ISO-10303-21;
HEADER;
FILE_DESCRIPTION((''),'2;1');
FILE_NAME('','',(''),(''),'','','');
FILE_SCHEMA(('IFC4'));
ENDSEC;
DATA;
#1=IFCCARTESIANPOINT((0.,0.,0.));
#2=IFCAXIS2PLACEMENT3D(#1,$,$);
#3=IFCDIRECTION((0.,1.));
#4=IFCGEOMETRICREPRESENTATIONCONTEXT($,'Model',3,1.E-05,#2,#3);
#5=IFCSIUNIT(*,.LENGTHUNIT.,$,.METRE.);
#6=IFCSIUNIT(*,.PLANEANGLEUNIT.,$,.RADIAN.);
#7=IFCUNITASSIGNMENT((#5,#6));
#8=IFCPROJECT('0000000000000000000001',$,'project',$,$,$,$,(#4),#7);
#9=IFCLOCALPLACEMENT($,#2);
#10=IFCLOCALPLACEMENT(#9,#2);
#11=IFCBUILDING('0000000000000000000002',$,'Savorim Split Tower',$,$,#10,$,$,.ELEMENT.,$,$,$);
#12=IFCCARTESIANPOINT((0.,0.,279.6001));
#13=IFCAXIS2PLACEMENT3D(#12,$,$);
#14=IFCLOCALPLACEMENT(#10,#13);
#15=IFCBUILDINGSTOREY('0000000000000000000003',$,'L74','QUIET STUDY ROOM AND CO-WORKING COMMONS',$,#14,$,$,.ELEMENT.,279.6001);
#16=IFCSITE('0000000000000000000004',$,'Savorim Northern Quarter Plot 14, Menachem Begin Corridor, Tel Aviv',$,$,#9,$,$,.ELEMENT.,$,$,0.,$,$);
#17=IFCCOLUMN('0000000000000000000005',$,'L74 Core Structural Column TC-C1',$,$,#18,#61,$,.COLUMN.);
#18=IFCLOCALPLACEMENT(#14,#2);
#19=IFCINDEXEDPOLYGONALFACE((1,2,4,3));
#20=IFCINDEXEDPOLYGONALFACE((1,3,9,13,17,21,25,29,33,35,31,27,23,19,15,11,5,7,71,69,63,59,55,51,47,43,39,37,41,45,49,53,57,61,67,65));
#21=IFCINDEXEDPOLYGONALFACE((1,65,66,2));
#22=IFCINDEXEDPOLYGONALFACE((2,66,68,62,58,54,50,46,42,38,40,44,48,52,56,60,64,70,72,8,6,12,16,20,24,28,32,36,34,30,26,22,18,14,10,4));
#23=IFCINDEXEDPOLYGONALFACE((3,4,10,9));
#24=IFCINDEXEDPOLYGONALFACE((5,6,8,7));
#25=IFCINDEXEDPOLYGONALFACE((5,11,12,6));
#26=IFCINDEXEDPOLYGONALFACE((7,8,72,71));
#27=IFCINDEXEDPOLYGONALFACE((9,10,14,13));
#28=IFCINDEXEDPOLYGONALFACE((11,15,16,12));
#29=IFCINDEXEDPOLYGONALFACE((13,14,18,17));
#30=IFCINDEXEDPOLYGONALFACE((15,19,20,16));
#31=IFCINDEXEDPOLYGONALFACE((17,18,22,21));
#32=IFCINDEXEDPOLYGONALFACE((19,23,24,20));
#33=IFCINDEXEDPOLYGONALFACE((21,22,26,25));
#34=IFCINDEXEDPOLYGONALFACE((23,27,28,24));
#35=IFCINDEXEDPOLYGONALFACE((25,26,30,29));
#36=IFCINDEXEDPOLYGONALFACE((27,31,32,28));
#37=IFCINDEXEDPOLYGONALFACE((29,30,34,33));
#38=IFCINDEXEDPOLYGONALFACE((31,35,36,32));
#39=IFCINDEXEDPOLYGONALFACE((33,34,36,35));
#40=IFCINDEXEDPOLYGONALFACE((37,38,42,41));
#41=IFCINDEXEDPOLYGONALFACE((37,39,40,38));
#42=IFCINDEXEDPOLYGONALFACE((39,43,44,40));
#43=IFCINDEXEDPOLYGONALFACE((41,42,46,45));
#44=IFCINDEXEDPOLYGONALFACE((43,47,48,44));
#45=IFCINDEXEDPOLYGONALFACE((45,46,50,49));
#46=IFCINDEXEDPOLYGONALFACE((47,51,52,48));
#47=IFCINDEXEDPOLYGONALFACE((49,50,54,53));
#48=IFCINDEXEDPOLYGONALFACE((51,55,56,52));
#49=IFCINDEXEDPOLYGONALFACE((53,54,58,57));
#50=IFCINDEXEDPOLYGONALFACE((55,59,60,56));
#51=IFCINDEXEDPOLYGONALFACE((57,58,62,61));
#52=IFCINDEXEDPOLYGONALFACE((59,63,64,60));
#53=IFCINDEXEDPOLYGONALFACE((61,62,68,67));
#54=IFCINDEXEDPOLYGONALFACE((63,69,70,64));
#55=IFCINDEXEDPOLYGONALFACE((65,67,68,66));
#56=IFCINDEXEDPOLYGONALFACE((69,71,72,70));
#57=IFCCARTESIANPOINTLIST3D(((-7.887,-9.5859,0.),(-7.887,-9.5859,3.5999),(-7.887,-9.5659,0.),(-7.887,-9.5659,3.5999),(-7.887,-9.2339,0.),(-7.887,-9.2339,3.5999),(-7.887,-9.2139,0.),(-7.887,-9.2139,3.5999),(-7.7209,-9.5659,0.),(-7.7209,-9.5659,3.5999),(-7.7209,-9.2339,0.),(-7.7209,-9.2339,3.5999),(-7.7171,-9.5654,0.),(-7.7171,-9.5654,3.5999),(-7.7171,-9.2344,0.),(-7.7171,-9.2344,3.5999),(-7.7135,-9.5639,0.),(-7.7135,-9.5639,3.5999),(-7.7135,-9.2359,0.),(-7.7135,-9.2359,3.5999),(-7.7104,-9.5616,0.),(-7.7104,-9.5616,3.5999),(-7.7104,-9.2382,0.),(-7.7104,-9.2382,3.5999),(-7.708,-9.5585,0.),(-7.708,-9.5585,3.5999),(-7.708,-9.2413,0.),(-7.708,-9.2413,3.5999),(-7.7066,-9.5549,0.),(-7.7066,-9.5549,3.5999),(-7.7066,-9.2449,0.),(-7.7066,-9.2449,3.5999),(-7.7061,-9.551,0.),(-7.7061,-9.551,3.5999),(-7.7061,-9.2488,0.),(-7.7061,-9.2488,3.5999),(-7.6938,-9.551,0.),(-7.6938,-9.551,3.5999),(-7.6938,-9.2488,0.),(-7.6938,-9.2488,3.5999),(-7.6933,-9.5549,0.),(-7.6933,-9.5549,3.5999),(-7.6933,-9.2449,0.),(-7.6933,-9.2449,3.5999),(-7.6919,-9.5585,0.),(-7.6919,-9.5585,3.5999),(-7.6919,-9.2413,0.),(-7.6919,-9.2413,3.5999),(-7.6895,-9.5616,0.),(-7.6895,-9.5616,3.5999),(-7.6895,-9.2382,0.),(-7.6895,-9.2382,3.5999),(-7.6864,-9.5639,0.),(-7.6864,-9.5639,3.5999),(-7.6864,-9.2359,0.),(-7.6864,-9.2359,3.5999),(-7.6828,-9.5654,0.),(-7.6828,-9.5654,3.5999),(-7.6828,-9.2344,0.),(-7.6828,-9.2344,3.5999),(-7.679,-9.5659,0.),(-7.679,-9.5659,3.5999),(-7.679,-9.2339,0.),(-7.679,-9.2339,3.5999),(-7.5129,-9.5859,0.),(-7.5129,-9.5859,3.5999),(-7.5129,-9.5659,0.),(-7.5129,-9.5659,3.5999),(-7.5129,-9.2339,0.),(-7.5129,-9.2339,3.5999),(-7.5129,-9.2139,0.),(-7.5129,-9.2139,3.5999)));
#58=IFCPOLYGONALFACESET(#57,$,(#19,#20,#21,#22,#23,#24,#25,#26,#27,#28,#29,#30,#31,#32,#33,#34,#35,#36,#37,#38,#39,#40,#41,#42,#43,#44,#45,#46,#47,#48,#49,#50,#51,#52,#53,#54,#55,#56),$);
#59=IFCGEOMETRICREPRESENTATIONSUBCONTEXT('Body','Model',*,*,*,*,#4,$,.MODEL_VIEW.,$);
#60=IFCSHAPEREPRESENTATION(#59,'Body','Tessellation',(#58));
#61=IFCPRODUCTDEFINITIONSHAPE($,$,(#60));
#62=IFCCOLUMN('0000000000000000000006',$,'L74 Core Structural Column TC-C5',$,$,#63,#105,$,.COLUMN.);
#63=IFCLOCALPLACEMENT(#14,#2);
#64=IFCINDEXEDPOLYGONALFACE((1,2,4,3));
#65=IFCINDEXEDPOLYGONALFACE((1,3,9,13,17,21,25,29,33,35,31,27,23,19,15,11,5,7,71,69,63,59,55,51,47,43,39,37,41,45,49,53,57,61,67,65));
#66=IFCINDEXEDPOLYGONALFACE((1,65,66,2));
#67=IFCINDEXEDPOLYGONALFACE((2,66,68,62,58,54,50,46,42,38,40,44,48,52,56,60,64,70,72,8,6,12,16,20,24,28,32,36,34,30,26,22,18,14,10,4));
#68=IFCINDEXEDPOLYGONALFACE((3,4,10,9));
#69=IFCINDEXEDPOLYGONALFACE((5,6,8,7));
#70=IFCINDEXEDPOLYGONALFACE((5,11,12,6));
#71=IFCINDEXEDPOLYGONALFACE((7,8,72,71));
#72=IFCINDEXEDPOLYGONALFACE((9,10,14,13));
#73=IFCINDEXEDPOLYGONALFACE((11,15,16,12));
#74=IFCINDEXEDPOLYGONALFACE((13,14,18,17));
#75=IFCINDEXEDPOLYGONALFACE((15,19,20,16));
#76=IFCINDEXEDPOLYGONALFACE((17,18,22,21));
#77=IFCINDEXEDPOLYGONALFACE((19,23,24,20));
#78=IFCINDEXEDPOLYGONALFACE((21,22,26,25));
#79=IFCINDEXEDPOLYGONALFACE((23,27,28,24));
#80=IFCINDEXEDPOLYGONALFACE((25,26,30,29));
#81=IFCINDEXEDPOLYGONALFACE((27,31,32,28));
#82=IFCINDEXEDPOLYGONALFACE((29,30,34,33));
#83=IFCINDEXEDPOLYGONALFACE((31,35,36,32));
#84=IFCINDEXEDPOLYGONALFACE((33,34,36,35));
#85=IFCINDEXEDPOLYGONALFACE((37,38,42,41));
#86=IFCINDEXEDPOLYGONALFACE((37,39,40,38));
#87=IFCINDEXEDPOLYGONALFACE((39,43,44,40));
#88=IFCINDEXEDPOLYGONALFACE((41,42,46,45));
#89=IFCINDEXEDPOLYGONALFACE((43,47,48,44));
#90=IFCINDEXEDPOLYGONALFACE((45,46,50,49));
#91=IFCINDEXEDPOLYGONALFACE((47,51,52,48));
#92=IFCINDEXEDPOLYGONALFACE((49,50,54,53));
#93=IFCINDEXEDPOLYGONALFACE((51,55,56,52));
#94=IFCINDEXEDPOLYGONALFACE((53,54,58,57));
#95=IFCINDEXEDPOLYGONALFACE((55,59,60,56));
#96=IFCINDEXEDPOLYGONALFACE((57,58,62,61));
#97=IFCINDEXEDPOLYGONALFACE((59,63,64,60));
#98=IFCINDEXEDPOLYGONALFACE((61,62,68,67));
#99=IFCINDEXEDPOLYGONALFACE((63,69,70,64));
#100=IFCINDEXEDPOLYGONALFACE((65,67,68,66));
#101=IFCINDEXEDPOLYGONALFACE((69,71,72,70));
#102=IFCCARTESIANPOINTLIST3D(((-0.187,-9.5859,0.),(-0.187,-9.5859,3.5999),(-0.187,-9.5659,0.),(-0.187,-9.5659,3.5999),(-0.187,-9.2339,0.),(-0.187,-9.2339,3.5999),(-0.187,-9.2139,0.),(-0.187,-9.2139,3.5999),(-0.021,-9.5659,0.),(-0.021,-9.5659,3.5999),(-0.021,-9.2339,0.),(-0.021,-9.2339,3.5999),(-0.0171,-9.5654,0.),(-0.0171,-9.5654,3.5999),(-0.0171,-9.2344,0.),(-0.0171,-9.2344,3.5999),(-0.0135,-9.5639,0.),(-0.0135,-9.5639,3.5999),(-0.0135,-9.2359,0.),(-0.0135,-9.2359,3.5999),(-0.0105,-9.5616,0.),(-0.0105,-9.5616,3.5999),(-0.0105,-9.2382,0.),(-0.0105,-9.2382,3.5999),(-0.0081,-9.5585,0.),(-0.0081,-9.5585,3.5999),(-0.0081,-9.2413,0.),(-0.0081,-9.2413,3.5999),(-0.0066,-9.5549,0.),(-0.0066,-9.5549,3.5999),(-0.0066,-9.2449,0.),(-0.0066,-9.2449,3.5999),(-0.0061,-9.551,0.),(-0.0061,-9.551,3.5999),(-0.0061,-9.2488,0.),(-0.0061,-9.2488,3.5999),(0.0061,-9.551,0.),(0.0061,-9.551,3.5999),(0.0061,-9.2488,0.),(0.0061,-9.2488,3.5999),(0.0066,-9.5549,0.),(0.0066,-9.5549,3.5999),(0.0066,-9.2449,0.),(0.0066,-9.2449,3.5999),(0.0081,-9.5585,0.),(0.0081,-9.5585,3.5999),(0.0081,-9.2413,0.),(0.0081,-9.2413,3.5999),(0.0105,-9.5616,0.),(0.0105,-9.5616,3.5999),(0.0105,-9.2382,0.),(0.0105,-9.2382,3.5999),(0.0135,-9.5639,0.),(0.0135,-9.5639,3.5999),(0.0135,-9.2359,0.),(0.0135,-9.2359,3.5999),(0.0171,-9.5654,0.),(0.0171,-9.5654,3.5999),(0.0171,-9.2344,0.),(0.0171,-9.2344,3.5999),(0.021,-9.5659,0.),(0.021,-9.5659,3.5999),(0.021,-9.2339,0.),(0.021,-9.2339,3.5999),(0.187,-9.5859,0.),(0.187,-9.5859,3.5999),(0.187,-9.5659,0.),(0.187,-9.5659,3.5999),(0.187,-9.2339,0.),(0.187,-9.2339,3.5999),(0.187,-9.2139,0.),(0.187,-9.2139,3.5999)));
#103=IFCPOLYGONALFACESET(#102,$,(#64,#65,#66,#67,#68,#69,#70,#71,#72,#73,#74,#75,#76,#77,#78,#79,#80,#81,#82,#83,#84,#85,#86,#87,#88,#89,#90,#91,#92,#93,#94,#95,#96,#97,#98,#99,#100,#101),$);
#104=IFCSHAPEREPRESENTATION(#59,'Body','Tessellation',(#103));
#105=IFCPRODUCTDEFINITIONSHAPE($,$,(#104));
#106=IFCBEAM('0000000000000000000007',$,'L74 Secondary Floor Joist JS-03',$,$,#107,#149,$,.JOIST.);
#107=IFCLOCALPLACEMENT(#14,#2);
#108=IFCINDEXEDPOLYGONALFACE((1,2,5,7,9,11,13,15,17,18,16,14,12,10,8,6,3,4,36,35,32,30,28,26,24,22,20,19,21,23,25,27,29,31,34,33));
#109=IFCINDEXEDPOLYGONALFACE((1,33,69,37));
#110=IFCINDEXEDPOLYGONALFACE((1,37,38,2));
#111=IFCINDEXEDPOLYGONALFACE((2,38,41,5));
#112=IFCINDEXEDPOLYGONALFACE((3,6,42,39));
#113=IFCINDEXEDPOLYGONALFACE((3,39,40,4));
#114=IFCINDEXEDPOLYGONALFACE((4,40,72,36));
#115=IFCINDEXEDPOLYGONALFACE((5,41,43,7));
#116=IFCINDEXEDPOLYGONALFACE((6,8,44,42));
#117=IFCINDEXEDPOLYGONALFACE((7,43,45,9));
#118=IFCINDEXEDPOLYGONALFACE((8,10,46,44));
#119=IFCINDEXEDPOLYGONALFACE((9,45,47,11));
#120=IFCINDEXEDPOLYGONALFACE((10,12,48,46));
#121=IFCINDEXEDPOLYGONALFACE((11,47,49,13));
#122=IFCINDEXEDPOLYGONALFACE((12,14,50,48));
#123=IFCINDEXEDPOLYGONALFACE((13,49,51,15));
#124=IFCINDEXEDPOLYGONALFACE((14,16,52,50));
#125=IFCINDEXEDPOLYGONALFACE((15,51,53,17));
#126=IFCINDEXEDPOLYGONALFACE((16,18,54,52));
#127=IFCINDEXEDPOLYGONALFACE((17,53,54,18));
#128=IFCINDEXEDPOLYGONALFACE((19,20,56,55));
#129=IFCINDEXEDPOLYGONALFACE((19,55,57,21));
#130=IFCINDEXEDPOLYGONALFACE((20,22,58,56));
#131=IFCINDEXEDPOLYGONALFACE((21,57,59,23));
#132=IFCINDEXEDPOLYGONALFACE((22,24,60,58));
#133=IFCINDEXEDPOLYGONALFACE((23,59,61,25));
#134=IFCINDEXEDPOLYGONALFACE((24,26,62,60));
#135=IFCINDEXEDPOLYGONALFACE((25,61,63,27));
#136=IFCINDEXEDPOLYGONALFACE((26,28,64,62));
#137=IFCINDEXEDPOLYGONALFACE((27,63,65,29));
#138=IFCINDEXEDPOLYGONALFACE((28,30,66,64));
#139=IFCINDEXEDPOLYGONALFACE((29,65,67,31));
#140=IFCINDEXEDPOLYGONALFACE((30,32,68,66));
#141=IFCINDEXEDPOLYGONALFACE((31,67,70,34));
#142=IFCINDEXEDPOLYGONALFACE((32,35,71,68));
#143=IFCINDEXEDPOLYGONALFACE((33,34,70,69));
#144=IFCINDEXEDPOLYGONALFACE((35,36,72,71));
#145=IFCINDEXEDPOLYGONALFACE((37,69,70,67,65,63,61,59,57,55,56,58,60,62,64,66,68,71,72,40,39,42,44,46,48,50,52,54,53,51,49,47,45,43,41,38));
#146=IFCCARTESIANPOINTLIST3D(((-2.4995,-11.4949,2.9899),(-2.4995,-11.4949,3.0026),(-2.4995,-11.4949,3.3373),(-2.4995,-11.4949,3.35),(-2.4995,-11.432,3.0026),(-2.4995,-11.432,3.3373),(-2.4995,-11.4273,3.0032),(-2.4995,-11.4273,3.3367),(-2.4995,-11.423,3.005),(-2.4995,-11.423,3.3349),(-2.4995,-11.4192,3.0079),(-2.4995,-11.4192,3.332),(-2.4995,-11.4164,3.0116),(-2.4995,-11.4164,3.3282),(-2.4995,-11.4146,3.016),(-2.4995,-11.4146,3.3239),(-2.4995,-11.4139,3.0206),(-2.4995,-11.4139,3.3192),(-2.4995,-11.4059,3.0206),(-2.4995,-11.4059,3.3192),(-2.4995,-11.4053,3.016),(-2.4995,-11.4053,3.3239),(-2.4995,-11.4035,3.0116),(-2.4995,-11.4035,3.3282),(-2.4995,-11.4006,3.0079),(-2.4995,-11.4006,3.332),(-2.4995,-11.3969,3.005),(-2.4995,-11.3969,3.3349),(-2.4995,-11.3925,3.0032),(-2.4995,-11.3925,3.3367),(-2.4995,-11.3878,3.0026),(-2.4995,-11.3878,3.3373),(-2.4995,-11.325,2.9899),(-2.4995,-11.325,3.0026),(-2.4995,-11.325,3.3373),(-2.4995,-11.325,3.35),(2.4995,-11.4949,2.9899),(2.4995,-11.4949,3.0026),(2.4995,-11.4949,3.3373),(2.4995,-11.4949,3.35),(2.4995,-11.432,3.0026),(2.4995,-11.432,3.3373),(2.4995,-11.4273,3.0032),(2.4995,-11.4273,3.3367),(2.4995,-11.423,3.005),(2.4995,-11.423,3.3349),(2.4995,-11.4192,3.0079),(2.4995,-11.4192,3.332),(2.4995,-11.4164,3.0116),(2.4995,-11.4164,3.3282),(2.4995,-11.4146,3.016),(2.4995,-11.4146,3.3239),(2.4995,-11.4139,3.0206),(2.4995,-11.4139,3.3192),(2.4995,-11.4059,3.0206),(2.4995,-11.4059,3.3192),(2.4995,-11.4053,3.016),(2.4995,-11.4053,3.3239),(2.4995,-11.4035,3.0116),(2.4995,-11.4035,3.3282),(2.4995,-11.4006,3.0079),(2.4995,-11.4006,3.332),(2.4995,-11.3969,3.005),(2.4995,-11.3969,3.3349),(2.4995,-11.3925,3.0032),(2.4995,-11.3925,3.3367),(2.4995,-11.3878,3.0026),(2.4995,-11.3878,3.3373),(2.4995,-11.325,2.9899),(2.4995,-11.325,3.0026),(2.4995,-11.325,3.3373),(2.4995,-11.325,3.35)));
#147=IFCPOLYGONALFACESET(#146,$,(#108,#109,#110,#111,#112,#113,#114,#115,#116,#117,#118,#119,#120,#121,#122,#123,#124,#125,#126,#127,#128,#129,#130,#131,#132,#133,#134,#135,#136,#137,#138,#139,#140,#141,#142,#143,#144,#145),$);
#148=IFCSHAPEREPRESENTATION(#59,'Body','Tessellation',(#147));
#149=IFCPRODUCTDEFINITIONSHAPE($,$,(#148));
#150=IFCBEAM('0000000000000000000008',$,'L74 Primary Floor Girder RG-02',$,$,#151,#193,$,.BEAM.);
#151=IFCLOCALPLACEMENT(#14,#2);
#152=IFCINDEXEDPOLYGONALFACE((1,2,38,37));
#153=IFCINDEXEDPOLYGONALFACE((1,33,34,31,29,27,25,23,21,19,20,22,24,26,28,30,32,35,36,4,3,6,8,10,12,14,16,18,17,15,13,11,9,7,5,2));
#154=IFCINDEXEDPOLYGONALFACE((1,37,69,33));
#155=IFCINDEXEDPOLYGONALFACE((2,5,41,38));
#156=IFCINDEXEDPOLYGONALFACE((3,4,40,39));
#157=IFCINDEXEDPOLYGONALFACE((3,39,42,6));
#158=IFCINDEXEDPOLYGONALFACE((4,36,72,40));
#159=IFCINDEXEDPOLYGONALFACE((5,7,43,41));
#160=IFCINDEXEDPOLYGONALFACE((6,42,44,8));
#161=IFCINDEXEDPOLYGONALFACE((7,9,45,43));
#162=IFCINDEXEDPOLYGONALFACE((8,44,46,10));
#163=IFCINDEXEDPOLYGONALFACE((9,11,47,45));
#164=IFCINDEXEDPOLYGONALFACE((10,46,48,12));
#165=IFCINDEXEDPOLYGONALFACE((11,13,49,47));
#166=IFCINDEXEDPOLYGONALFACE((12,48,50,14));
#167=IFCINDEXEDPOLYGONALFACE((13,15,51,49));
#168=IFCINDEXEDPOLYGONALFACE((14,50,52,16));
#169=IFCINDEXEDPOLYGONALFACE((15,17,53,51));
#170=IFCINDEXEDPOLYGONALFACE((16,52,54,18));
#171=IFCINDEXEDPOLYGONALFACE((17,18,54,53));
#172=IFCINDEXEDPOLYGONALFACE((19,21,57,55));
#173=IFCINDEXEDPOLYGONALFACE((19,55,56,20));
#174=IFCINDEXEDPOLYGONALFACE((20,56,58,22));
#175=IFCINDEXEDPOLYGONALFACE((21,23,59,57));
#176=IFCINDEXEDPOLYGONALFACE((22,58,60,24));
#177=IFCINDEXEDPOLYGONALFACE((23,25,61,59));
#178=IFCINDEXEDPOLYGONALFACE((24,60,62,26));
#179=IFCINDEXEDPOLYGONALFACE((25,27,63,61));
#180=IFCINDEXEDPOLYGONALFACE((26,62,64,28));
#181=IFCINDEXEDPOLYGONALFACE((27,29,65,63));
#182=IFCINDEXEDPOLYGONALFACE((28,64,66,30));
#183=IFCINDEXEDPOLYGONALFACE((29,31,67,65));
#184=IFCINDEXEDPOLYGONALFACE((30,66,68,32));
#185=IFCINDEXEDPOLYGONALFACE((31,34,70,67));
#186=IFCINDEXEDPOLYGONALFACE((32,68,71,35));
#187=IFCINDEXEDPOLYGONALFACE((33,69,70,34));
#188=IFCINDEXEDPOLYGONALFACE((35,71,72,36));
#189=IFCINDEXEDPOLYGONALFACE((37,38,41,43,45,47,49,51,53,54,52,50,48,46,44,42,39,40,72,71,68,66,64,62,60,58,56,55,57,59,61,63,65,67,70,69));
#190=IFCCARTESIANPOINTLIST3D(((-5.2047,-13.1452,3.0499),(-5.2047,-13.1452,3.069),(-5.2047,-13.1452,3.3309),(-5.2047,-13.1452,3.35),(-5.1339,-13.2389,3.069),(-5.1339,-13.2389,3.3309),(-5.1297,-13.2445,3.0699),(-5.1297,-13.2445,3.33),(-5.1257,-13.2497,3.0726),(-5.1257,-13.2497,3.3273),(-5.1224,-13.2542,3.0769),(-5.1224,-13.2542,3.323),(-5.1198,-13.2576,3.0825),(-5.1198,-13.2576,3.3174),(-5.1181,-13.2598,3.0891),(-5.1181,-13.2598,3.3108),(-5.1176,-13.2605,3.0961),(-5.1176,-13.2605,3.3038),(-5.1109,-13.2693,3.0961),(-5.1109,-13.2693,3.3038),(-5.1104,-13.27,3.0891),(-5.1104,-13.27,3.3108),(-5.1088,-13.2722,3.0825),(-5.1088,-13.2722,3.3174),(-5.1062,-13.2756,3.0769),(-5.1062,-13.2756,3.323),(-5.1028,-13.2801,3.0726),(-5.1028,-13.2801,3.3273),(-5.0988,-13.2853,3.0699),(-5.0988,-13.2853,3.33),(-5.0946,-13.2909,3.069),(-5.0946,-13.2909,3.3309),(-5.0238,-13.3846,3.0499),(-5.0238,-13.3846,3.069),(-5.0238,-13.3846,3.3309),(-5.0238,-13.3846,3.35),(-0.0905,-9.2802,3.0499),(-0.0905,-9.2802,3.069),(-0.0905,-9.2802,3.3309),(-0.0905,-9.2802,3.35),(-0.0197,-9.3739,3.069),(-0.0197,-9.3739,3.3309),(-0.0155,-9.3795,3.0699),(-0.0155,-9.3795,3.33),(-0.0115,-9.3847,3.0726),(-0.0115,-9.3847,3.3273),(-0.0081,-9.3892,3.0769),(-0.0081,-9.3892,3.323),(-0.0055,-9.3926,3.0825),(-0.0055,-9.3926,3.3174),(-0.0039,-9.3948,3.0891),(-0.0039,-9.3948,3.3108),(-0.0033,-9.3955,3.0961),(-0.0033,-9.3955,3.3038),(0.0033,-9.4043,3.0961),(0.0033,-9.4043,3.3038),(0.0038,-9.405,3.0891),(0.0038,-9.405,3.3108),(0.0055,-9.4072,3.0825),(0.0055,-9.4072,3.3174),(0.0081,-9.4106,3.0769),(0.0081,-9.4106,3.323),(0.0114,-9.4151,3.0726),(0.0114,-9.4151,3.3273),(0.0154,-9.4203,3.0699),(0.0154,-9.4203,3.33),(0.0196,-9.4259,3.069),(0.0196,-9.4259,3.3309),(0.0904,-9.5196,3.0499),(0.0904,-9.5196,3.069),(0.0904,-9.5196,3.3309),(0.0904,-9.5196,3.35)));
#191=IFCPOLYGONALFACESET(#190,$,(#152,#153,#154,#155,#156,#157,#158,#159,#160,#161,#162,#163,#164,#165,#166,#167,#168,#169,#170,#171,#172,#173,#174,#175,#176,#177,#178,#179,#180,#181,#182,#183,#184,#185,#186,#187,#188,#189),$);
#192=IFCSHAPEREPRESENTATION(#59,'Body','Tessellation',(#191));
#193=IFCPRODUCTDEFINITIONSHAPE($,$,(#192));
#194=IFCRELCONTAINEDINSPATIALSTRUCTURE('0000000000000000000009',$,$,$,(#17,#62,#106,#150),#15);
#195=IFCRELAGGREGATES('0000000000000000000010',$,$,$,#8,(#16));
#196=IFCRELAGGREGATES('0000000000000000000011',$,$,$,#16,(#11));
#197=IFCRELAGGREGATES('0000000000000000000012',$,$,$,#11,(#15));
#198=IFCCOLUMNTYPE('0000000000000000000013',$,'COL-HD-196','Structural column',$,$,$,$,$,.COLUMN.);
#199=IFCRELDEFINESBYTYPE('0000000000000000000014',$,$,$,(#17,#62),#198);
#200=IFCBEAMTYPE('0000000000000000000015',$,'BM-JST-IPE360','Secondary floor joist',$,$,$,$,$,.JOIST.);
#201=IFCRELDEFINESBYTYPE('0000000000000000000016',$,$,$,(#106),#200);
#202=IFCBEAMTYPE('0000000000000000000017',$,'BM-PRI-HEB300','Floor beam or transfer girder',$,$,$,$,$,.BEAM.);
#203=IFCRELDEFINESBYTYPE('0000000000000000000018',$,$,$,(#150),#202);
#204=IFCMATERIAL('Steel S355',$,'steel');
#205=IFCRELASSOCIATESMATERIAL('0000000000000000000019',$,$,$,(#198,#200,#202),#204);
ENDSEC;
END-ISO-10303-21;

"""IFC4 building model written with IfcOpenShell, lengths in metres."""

from ifc_helpers import new_model, si_unit, direction, frame, origin, origin_2d, place, context, subcontext, project, spatial, i_section, extrude, material, material_profile, profile_set, type_object, element, save


model = new_model("IFC4")

# Units and contexts
model_context = context("Model", 3, precision=1e-05, world=origin(), true_north=direction((0.0, 1.0)))
body_context = subcontext(model_context, "Body", "Model", "MODEL_VIEW")
ifc_project = project(units=[si_unit("LENGTHUNIT", "METRE"), si_unit("PLANEANGLEUNIT", "RADIAN")], contexts=[model_context])

# Site, building, storey
site_placement = place(None, origin())
site = spatial("IfcSite", under=ifc_project, at=site_placement, Name="Savorim Northern Quarter Plot 14, Menachem Begin Corridor, Tel Aviv", CompositionType="ELEMENT", RefElevation=0.0)
building_placement = place(site_placement, origin())
building = spatial("IfcBuilding", under=site, at=building_placement, Name="Savorim Split Tower", CompositionType="ELEMENT")
storey_placement = place(building_placement, frame((0.0, 0.0, 279.6001)))
storey = spatial("IfcBuildingStorey", under=building, at=storey_placement, Name="L74", Description="QUIET STUDY ROOM AND CO-WORKING COMMONS", CompositionType="ELEMENT", Elevation=279.6001)

# Columns
ifc_material_1 = material(Name="Steel S355", Category="steel")
ifc_material_profile_1 = material_profile(ifc_material_1, i_section(OverallWidth=0.374, OverallDepth=0.3721, WebThickness=0.0122, FlangeThickness=0.02, FilletRadius=0.0149, at=origin_2d()), Name="HD 360x196")
ifc_profile_set_1 = profile_set([ifc_material_profile_1], Name="Steel S355")
column_type = type_object("IfcColumnType", Name="COL-HD-196", Description="Structural column", PredefinedType="COLUMN", material=ifc_profile_set_1)
for number, where, z_axis, x_axis, name in (
    (1, (-7.7, -9.3999, 0.0), (0.0, 0.0, 1.0), (1.0, 0.0, 0.0), "L74 Core Structural Column TC-C1"),
    (2, (0.0, -9.3999, 0.0), (0.0, 0.0, 1.0), (1.0, 0.0, 0.0), "L74 Core Structural Column TC-C5"),
):
    element("IfcColumn", number, at=place(storey_placement, frame(where, z_axis=z_axis, x_axis=x_axis)), inside=storey, type_object=column_type, Name=name, PredefinedType="COLUMN", context=body_context, shape_type="SweptSolid", body=[
        extrude(i_section(OverallWidth=0.374, OverallDepth=0.3721, WebThickness=0.0122, FlangeThickness=0.02, FilletRadius=0.0149, at=origin_2d()), origin(), (0.0, 0.0, 1.0), 3.5999),
    ])

# Beams
ifc_material_profile_2 = material_profile(ifc_material_1, i_section(OverallWidth=0.1699, OverallDepth=0.3601, WebThickness=0.0081, FlangeThickness=0.0127, FilletRadius=0.0181, at=origin_2d()), Name="IPE 360")
ifc_profile_set_2 = profile_set([ifc_material_profile_2], Name="Steel S355")
beam_type_1 = type_object("IfcBeamType", Name="BM-JST-IPE360", Description="Secondary floor joist", PredefinedType="JOIST", material=ifc_profile_set_2)
beam_1_placement = place(storey_placement, frame((-2.4995, -11.4099, 3.1699), z_axis=(1.0, 0.0, 0.0), x_axis=(0.0, 1.0, 0.0)))
element("IfcBeam", 3, at=beam_1_placement, inside=storey, type_object=beam_type_1, Name="L74 Secondary Floor Joist JS-03", PredefinedType="JOIST", context=body_context, shape_type="SweptSolid", body=[
    extrude(i_section(OverallWidth=0.1699, OverallDepth=0.3601, WebThickness=0.0081, FlangeThickness=0.0127, FilletRadius=0.0181, at=origin_2d()), origin(), (0.0, 0.0, 1.0), 4.999),
])
ifc_material_profile_3 = material_profile(ifc_material_1, i_section(OverallWidth=0.3, OverallDepth=0.3, WebThickness=0.011, FlangeThickness=0.019, FilletRadius=0.0271, at=origin_2d()), Name="HEB 300")
ifc_profile_set_3 = profile_set([ifc_material_profile_3], Name="Steel S355")
beam_type_2 = type_object("IfcBeamType", Name="BM-PRI-HEB300", Description="Floor beam or transfer girder", PredefinedType="BEAM", material=ifc_profile_set_3)
beam_2_placement = place(storey_placement, frame((-5.1143, -13.2649, 3.2), z_axis=(0.797801, 0.602921, 0.0), x_axis=(-0.602921, 0.797801, 0.0)))
element("IfcBeam", 4, at=beam_2_placement, inside=storey, type_object=beam_type_2, Name="L74 Primary Floor Girder RG-02", PredefinedType="BEAM", context=body_context, shape_type="SweptSolid", body=[
    extrude(i_section(OverallWidth=0.3, OverallDepth=0.3, WebThickness=0.011, FlangeThickness=0.019, FilletRadius=0.0271, at=origin_2d()), origin(), (0.0, 0.0, 1.0), 6.4104),
])

save(model, "model.ifc")
